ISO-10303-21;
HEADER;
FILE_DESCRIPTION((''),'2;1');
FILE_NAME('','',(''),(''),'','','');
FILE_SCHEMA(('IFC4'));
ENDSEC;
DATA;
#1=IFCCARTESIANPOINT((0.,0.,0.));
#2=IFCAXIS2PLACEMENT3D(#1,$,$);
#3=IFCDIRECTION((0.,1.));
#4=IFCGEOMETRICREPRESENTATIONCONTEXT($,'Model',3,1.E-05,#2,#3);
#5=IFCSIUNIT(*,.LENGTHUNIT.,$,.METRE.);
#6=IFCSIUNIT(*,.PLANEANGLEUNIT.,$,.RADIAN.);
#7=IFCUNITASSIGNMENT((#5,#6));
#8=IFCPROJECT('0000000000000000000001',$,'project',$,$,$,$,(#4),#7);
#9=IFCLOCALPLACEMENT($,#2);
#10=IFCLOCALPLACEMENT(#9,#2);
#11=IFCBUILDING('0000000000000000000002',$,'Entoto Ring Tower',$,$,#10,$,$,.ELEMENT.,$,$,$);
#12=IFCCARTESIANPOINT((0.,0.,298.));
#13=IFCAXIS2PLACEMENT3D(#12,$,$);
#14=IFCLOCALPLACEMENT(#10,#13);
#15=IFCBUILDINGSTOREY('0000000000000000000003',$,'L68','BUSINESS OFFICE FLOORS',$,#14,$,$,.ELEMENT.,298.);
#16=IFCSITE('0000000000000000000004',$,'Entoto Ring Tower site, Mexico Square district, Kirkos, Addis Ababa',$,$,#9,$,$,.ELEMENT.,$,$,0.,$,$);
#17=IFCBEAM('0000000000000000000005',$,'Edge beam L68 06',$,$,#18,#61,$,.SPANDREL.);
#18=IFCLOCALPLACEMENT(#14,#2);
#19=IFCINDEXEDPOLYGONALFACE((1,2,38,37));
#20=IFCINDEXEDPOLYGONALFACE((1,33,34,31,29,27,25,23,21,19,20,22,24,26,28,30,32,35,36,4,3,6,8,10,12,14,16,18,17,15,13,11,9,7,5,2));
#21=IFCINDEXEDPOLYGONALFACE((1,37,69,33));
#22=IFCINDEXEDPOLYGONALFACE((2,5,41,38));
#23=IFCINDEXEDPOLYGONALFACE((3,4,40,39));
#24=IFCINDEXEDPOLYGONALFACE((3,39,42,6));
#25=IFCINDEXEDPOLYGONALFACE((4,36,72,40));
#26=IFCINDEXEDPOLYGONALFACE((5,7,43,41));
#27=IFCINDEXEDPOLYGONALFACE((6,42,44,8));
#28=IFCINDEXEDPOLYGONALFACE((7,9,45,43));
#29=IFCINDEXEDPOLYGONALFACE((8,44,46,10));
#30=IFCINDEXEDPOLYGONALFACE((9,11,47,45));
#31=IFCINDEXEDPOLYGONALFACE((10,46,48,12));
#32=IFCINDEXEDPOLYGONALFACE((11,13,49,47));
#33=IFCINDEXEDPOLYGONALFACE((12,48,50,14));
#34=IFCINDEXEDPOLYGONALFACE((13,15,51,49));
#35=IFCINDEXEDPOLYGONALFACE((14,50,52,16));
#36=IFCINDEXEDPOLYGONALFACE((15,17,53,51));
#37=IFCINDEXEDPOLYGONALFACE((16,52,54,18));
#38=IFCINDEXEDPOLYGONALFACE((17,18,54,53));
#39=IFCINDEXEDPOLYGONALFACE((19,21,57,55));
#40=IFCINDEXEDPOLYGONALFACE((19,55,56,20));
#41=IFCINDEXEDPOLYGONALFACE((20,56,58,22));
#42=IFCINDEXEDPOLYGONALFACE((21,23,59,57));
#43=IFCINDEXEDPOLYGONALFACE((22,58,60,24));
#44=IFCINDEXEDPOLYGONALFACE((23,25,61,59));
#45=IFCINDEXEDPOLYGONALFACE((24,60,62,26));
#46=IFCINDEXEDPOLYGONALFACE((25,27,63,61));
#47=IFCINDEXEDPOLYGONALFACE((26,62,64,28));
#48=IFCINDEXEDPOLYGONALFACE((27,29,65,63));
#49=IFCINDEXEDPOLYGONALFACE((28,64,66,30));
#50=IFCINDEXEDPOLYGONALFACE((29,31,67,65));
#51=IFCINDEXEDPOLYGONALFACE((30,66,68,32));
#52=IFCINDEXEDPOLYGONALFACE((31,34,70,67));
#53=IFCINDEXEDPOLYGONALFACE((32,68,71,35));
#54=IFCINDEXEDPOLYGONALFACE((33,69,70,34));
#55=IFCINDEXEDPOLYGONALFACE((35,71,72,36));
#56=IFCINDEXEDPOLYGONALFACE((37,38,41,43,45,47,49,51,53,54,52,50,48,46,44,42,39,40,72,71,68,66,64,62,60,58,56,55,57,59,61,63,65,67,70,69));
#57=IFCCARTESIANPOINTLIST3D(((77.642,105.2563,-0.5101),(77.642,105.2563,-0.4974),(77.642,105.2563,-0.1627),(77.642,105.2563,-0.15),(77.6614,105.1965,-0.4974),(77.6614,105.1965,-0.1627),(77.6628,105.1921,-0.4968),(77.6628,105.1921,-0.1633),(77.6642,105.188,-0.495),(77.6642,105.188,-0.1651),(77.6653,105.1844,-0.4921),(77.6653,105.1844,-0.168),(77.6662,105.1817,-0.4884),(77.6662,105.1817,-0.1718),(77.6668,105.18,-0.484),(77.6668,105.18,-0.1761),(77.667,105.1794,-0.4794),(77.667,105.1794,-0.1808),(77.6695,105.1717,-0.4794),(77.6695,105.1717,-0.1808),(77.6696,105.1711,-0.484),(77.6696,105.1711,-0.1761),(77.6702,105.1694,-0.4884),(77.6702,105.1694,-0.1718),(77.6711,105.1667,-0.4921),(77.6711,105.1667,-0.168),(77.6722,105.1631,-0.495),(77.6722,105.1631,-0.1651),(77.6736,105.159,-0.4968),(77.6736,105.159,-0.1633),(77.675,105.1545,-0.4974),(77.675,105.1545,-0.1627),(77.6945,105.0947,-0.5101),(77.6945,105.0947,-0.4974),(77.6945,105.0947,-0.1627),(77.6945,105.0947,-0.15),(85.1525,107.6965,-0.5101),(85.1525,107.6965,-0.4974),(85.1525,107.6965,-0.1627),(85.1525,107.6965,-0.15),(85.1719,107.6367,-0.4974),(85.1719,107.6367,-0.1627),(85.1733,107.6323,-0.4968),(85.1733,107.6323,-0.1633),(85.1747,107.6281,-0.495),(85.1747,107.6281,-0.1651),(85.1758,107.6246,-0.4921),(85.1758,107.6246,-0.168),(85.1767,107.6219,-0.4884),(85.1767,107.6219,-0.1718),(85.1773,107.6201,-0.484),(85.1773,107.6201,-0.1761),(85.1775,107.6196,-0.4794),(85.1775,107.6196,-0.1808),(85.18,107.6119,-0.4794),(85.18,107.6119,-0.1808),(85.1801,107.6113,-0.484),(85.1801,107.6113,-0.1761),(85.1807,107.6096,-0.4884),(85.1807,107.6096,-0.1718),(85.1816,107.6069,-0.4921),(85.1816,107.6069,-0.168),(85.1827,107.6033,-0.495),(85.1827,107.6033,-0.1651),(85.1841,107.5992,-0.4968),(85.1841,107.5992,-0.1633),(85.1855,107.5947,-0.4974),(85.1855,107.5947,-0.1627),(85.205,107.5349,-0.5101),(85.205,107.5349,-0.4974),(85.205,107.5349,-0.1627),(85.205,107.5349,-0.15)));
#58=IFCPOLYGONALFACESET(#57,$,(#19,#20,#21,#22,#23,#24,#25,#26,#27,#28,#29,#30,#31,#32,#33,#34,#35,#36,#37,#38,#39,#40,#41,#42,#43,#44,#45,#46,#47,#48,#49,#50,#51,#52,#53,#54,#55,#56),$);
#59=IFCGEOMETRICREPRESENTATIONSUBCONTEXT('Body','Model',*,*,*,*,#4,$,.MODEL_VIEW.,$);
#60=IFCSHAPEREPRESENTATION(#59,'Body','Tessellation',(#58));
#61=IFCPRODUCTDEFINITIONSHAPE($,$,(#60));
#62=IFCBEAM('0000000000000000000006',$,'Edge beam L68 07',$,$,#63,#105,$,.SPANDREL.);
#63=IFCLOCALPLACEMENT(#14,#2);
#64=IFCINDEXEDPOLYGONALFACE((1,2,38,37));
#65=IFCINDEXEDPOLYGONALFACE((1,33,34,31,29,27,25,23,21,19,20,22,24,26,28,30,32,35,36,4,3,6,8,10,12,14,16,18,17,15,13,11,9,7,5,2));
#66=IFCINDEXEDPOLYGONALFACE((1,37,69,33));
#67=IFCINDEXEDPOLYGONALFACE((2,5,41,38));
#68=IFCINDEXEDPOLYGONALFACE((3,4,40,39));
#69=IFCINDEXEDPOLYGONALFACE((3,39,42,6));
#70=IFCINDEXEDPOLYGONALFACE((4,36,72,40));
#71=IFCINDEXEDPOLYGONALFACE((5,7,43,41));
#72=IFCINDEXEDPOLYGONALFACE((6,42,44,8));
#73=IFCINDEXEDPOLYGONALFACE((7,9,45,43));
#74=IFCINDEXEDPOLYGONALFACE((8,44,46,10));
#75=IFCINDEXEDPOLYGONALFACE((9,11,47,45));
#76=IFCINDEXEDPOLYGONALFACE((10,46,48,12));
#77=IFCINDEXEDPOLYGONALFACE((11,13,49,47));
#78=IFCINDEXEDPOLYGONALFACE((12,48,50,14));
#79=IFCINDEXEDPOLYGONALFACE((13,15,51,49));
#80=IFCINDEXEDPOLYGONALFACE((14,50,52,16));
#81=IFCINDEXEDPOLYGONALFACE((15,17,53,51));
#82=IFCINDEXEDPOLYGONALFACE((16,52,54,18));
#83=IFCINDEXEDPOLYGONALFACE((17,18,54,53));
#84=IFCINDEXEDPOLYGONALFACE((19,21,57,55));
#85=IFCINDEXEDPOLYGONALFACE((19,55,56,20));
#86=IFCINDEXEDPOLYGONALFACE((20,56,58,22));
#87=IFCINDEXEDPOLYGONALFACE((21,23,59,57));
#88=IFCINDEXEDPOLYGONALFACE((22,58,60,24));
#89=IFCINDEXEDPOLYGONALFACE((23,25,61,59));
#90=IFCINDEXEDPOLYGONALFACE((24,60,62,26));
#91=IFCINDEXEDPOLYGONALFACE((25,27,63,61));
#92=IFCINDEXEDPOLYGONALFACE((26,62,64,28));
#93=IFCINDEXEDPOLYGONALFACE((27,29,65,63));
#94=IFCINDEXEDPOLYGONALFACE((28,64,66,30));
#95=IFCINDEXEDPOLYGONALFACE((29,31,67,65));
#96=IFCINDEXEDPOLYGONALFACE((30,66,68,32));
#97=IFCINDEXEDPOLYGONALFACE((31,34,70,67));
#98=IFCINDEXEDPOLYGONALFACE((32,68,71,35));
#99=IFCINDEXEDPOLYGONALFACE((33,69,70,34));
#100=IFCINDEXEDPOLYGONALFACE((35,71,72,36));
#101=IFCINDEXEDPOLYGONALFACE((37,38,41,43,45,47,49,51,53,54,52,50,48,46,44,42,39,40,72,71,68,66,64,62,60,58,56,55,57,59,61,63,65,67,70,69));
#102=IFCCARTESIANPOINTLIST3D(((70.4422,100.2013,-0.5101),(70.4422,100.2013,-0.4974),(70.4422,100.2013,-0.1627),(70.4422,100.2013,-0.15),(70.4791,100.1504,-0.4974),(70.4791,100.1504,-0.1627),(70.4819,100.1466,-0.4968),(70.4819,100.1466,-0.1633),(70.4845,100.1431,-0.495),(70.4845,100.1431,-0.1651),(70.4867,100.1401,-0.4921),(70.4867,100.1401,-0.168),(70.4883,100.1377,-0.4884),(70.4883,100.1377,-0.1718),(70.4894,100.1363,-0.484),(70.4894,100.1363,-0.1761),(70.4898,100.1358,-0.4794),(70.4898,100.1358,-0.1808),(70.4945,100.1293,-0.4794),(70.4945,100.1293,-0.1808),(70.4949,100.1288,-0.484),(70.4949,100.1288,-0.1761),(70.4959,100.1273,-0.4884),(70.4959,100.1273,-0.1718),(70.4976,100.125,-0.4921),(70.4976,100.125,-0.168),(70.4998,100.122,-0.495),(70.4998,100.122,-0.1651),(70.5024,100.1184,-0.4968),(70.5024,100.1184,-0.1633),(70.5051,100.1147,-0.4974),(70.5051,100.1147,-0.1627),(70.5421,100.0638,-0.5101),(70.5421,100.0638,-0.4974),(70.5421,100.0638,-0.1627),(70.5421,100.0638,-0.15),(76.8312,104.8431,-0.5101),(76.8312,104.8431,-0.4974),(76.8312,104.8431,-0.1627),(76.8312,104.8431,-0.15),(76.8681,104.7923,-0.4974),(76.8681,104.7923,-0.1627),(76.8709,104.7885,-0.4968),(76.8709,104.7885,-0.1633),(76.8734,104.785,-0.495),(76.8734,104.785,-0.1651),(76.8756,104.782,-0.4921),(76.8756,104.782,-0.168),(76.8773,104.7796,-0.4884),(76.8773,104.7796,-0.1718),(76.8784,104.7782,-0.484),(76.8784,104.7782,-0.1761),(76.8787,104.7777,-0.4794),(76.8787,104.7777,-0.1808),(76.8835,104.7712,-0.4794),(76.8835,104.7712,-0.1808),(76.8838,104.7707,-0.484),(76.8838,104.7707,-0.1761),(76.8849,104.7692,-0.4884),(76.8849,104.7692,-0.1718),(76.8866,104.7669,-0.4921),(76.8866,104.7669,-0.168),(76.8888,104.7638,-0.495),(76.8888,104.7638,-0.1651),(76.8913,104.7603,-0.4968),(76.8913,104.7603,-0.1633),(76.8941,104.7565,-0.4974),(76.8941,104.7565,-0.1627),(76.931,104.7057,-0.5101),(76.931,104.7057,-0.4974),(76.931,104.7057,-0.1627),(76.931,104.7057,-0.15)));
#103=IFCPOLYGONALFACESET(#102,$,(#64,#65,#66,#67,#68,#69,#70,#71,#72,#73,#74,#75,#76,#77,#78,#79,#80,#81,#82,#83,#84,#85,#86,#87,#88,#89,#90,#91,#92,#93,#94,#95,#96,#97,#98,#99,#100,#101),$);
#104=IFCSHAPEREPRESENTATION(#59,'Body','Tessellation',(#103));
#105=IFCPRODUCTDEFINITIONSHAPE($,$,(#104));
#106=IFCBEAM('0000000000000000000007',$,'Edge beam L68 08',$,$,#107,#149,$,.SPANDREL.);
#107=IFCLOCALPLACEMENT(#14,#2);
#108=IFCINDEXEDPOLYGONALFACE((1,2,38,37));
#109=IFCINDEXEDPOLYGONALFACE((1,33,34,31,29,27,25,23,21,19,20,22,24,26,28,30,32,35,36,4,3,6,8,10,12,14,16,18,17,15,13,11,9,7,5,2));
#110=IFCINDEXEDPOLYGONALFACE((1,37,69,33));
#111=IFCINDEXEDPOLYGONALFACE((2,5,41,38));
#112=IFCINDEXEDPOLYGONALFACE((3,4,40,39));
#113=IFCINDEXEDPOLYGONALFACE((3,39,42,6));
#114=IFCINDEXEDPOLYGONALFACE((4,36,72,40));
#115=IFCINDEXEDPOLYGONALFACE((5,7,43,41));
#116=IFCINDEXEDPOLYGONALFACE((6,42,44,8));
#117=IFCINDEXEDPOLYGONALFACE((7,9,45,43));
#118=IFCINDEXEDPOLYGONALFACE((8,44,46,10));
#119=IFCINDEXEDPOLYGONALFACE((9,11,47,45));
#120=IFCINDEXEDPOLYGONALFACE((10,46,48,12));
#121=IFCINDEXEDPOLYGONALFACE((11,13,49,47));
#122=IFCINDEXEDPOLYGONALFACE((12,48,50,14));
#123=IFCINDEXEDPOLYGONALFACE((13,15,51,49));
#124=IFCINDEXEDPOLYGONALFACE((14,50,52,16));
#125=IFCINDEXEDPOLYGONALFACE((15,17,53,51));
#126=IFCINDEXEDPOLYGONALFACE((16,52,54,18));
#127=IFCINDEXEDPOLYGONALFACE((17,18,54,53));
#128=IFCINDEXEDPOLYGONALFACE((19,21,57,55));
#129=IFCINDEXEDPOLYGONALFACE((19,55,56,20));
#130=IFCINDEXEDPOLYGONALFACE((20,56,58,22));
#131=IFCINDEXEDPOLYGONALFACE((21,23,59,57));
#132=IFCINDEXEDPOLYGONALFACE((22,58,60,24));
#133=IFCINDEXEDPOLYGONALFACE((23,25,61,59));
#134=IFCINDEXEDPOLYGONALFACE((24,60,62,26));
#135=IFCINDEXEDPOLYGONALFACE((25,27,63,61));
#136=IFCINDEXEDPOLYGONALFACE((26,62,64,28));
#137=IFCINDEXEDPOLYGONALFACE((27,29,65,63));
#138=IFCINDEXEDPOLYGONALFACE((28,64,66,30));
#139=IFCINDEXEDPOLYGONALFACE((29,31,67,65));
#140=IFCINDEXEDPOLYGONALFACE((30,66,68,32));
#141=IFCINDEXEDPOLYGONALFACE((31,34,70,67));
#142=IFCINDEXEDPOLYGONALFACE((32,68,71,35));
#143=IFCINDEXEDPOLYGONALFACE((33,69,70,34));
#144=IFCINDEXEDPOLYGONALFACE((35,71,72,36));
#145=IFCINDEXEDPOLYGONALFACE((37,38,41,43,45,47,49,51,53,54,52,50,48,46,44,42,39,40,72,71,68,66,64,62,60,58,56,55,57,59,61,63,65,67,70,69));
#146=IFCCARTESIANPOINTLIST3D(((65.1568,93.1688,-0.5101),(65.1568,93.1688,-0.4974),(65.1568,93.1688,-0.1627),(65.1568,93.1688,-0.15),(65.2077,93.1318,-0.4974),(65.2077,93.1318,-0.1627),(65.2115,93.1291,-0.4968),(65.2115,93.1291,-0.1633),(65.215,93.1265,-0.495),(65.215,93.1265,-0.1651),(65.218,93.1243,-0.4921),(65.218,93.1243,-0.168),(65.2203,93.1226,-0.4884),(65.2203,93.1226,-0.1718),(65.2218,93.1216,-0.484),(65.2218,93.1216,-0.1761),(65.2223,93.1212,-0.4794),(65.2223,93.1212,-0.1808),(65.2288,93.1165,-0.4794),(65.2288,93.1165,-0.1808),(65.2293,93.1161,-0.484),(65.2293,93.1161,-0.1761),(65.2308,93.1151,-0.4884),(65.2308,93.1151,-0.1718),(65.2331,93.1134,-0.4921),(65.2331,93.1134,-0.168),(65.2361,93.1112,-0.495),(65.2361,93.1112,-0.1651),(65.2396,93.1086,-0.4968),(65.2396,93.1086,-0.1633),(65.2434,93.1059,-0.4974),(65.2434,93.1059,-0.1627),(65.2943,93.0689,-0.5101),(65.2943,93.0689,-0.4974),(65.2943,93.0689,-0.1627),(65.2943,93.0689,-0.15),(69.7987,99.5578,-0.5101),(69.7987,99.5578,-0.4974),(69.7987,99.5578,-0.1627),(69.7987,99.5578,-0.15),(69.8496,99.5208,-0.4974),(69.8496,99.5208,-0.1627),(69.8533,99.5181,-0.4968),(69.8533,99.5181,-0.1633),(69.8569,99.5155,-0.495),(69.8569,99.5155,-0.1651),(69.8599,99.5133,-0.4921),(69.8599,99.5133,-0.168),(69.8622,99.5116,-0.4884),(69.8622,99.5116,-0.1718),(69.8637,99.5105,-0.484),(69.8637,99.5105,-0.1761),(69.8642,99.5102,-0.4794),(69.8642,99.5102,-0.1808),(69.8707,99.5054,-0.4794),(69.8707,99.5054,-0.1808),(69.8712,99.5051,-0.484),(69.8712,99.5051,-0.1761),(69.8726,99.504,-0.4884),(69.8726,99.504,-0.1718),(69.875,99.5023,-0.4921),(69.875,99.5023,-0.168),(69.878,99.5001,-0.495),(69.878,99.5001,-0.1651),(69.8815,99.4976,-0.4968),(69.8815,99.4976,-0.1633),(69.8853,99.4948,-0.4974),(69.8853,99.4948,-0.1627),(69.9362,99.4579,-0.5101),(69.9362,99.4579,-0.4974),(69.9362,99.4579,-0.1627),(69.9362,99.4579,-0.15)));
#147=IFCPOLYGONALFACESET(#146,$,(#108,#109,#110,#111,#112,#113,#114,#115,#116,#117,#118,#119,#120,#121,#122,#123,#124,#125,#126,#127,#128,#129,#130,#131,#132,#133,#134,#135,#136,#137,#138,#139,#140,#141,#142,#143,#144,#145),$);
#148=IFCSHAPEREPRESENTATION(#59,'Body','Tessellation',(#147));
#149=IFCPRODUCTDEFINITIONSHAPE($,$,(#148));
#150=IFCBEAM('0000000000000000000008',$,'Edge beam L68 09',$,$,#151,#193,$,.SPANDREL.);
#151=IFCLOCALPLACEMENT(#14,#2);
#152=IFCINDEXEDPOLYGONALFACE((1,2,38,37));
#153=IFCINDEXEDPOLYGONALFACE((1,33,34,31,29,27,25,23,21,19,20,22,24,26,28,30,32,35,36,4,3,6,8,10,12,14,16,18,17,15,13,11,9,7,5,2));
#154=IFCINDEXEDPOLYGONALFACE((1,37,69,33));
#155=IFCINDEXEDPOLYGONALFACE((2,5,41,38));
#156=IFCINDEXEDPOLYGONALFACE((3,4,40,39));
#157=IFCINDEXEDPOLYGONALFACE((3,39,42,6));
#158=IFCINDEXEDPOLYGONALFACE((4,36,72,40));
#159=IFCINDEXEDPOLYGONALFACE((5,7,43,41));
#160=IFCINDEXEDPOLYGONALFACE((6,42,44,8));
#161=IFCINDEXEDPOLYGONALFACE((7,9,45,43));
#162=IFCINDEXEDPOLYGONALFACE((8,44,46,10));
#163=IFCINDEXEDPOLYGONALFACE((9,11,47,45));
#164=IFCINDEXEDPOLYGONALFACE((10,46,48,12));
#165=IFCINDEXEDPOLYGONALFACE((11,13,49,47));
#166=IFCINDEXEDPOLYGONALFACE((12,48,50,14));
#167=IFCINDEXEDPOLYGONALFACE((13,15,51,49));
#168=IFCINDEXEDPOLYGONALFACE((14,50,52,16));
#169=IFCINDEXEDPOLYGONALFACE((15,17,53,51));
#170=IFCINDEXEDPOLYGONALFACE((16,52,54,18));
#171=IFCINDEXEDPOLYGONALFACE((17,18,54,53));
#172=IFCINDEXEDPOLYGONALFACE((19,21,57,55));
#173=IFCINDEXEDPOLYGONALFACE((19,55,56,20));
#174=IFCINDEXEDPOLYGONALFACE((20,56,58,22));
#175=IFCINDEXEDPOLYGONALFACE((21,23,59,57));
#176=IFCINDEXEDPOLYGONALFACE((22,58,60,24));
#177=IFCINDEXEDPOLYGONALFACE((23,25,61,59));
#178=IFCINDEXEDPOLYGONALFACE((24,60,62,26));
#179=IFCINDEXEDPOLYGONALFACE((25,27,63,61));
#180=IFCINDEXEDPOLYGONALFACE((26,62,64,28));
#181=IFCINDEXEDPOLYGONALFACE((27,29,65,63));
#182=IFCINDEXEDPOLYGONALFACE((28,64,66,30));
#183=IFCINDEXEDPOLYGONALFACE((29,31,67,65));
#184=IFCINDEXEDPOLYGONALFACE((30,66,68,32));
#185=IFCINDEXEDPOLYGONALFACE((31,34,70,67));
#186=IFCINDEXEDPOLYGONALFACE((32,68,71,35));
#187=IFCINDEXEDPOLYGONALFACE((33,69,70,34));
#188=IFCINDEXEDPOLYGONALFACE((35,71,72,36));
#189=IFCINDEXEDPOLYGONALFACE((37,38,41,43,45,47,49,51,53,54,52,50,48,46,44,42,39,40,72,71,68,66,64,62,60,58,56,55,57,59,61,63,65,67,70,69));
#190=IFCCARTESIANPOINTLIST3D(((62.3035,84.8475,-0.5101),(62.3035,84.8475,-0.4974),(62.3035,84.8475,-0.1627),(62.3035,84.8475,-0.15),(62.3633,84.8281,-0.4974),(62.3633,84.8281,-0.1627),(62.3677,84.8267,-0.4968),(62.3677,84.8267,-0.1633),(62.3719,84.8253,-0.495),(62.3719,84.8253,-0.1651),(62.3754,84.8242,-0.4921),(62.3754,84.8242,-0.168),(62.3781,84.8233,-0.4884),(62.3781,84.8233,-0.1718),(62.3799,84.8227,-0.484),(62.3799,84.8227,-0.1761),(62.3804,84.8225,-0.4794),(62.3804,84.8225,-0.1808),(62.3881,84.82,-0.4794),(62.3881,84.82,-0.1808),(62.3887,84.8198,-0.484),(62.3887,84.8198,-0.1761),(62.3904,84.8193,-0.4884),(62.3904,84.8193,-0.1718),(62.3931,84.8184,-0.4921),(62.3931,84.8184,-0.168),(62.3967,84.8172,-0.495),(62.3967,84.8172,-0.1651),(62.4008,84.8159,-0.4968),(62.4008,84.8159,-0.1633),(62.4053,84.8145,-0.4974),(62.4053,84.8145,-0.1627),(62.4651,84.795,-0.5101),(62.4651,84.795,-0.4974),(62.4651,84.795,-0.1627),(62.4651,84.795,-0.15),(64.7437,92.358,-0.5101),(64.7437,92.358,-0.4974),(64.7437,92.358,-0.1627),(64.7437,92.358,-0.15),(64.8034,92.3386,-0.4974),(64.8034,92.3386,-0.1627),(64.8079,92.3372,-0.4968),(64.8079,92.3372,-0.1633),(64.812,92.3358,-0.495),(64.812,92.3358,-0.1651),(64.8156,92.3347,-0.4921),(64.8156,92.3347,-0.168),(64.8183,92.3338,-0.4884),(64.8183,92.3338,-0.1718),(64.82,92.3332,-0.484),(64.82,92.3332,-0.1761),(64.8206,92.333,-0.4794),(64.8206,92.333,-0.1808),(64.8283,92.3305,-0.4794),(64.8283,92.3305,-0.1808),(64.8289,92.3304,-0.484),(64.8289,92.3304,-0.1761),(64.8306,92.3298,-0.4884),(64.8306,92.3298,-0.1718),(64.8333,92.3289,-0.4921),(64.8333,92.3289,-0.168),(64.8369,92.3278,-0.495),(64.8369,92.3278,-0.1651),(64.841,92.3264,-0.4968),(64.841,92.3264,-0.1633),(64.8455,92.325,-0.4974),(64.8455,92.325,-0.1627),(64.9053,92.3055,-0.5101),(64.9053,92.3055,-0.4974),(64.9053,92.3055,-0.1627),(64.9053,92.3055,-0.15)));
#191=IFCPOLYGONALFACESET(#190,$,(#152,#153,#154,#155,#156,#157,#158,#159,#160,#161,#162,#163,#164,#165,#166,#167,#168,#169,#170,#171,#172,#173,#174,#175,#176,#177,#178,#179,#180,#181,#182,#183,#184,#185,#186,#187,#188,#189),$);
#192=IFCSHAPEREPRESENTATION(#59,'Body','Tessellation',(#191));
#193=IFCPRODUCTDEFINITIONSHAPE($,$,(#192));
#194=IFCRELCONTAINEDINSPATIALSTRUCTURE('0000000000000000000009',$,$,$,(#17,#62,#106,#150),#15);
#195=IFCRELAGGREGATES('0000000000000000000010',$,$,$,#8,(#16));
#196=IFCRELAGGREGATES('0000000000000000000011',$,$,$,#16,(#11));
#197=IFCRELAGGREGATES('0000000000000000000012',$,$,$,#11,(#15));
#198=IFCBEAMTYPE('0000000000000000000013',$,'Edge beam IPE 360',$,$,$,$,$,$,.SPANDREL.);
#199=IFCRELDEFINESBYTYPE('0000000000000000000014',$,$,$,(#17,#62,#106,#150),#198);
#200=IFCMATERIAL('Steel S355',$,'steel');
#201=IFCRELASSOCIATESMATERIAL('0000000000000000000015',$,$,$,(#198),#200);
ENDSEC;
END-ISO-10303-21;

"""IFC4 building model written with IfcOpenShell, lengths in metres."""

from ifc_helpers import new_model, si_unit, direction, frame, origin, origin_2d, place, context, subcontext, project, spatial, i_section, extrude, material, material_profile, profile_set, type_object, element, save


model = new_model("IFC4")

# Units and contexts
model_context = context("Model", 3, precision=1e-05, world=origin(), true_north=direction((0.0, 1.0)))
body_context = subcontext(model_context, "Body", "Model", "MODEL_VIEW")
ifc_project = project(units=[si_unit("LENGTHUNIT", "METRE"), si_unit("PLANEANGLEUNIT", "RADIAN")], contexts=[model_context])

# Site, building, storey
site_placement = place(None, origin())
site = spatial("IfcSite", under=ifc_project, at=site_placement, Name="Entoto Ring Tower site, Mexico Square district, Kirkos, Addis Ababa", CompositionType="ELEMENT", RefElevation=0.0)
building_placement = place(site_placement, origin())
building = spatial("IfcBuilding", under=site, at=building_placement, Name="Entoto Ring Tower", CompositionType="ELEMENT")
storey_placement = place(building_placement, frame((0.0, 0.0, 298.0)))
storey = spatial("IfcBuildingStorey", under=building, at=storey_placement, Name="L68", Description="BUSINESS OFFICE FLOORS", CompositionType="ELEMENT", Elevation=298.0)

# Beams
ifc_material_1 = material(Name="Steel S355", Category="steel")
ifc_material_profile_1 = material_profile(ifc_material_1, i_section(OverallWidth=0.1699, OverallDepth=0.3601, WebThickness=0.0081, FlangeThickness=0.0127, FilletRadius=0.0181, at=origin_2d()), Name="IPE 360")
ifc_profile_set_1 = profile_set([ifc_material_profile_1], Name="Steel S355")
beam_type_1 = type_object("IfcBeamType", Name="Edge beam IPE 360", PredefinedType="SPANDREL", material=ifc_profile_set_1)
beam_1_placement = place(storey_placement, frame((85.1787, 107.6157, -0.3301), z_axis=(-0.951061, -0.309003, 0.0), x_axis=(0.309003, -0.951061, 0.0)))
element("IfcBeam", 1, at=beam_1_placement, inside=storey, type_object=beam_type_1, Name="Edge beam L68 06", PredefinedType="SPANDREL", context=body_context, shape_type="SweptSolid", body=[
    extrude(i_section(OverallWidth=0.1699, OverallDepth=0.3601, WebThickness=0.0081, FlangeThickness=0.0127, FilletRadius=0.0181, at=origin_2d()), origin(), (0.0, 0.0, 1.0), 7.897),
])
for number, where, z_axis, x_axis, name in (
    (2, (76.8811, 104.7744, -0.3301), (-0.809015, -0.587787, 0.0), (0.587787, -0.809015, 0.0), "Edge beam L68 07"),
    (3, (69.8674, 99.5078, -0.3301), (-0.587787, -0.809015, 0.0), (0.809015, -0.587787, 0.0), "Edge beam L68 08"),
):
    element("IfcBeam", number, at=place(storey_placement, frame(where, z_axis=z_axis, x_axis=x_axis)), inside=storey, type_object=beam_type_1, Name=name, PredefinedType="SPANDREL", context=body_context, shape_type="SweptSolid", body=[
        extrude(i_section(OverallWidth=0.1699, OverallDepth=0.3601, WebThickness=0.0081, FlangeThickness=0.0127, FilletRadius=0.0181, at=origin_2d()), origin(), (0.0, 0.0, 1.0), 7.8972),
    ])
for number, where, z_axis, x_axis, name in (
    (4, (64.8245, 92.3318, -0.3301), (-0.309003, -0.951061, 0.0), (0.951061, -0.309003, 0.0), "Edge beam L68 09"),
):
    element("IfcBeam", number, at=place(storey_placement, frame(where, z_axis=z_axis, x_axis=x_axis)), inside=storey, type_object=beam_type_1, Name=name, PredefinedType="SPANDREL", context=body_context, shape_type="SweptSolid", body=[
        extrude(i_section(OverallWidth=0.1699, OverallDepth=0.3601, WebThickness=0.0081, FlangeThickness=0.0127, FilletRadius=0.0181, at=origin_2d()), origin(), (0.0, 0.0, 1.0), 7.897),
    ])

save(model, "model.ifc")
